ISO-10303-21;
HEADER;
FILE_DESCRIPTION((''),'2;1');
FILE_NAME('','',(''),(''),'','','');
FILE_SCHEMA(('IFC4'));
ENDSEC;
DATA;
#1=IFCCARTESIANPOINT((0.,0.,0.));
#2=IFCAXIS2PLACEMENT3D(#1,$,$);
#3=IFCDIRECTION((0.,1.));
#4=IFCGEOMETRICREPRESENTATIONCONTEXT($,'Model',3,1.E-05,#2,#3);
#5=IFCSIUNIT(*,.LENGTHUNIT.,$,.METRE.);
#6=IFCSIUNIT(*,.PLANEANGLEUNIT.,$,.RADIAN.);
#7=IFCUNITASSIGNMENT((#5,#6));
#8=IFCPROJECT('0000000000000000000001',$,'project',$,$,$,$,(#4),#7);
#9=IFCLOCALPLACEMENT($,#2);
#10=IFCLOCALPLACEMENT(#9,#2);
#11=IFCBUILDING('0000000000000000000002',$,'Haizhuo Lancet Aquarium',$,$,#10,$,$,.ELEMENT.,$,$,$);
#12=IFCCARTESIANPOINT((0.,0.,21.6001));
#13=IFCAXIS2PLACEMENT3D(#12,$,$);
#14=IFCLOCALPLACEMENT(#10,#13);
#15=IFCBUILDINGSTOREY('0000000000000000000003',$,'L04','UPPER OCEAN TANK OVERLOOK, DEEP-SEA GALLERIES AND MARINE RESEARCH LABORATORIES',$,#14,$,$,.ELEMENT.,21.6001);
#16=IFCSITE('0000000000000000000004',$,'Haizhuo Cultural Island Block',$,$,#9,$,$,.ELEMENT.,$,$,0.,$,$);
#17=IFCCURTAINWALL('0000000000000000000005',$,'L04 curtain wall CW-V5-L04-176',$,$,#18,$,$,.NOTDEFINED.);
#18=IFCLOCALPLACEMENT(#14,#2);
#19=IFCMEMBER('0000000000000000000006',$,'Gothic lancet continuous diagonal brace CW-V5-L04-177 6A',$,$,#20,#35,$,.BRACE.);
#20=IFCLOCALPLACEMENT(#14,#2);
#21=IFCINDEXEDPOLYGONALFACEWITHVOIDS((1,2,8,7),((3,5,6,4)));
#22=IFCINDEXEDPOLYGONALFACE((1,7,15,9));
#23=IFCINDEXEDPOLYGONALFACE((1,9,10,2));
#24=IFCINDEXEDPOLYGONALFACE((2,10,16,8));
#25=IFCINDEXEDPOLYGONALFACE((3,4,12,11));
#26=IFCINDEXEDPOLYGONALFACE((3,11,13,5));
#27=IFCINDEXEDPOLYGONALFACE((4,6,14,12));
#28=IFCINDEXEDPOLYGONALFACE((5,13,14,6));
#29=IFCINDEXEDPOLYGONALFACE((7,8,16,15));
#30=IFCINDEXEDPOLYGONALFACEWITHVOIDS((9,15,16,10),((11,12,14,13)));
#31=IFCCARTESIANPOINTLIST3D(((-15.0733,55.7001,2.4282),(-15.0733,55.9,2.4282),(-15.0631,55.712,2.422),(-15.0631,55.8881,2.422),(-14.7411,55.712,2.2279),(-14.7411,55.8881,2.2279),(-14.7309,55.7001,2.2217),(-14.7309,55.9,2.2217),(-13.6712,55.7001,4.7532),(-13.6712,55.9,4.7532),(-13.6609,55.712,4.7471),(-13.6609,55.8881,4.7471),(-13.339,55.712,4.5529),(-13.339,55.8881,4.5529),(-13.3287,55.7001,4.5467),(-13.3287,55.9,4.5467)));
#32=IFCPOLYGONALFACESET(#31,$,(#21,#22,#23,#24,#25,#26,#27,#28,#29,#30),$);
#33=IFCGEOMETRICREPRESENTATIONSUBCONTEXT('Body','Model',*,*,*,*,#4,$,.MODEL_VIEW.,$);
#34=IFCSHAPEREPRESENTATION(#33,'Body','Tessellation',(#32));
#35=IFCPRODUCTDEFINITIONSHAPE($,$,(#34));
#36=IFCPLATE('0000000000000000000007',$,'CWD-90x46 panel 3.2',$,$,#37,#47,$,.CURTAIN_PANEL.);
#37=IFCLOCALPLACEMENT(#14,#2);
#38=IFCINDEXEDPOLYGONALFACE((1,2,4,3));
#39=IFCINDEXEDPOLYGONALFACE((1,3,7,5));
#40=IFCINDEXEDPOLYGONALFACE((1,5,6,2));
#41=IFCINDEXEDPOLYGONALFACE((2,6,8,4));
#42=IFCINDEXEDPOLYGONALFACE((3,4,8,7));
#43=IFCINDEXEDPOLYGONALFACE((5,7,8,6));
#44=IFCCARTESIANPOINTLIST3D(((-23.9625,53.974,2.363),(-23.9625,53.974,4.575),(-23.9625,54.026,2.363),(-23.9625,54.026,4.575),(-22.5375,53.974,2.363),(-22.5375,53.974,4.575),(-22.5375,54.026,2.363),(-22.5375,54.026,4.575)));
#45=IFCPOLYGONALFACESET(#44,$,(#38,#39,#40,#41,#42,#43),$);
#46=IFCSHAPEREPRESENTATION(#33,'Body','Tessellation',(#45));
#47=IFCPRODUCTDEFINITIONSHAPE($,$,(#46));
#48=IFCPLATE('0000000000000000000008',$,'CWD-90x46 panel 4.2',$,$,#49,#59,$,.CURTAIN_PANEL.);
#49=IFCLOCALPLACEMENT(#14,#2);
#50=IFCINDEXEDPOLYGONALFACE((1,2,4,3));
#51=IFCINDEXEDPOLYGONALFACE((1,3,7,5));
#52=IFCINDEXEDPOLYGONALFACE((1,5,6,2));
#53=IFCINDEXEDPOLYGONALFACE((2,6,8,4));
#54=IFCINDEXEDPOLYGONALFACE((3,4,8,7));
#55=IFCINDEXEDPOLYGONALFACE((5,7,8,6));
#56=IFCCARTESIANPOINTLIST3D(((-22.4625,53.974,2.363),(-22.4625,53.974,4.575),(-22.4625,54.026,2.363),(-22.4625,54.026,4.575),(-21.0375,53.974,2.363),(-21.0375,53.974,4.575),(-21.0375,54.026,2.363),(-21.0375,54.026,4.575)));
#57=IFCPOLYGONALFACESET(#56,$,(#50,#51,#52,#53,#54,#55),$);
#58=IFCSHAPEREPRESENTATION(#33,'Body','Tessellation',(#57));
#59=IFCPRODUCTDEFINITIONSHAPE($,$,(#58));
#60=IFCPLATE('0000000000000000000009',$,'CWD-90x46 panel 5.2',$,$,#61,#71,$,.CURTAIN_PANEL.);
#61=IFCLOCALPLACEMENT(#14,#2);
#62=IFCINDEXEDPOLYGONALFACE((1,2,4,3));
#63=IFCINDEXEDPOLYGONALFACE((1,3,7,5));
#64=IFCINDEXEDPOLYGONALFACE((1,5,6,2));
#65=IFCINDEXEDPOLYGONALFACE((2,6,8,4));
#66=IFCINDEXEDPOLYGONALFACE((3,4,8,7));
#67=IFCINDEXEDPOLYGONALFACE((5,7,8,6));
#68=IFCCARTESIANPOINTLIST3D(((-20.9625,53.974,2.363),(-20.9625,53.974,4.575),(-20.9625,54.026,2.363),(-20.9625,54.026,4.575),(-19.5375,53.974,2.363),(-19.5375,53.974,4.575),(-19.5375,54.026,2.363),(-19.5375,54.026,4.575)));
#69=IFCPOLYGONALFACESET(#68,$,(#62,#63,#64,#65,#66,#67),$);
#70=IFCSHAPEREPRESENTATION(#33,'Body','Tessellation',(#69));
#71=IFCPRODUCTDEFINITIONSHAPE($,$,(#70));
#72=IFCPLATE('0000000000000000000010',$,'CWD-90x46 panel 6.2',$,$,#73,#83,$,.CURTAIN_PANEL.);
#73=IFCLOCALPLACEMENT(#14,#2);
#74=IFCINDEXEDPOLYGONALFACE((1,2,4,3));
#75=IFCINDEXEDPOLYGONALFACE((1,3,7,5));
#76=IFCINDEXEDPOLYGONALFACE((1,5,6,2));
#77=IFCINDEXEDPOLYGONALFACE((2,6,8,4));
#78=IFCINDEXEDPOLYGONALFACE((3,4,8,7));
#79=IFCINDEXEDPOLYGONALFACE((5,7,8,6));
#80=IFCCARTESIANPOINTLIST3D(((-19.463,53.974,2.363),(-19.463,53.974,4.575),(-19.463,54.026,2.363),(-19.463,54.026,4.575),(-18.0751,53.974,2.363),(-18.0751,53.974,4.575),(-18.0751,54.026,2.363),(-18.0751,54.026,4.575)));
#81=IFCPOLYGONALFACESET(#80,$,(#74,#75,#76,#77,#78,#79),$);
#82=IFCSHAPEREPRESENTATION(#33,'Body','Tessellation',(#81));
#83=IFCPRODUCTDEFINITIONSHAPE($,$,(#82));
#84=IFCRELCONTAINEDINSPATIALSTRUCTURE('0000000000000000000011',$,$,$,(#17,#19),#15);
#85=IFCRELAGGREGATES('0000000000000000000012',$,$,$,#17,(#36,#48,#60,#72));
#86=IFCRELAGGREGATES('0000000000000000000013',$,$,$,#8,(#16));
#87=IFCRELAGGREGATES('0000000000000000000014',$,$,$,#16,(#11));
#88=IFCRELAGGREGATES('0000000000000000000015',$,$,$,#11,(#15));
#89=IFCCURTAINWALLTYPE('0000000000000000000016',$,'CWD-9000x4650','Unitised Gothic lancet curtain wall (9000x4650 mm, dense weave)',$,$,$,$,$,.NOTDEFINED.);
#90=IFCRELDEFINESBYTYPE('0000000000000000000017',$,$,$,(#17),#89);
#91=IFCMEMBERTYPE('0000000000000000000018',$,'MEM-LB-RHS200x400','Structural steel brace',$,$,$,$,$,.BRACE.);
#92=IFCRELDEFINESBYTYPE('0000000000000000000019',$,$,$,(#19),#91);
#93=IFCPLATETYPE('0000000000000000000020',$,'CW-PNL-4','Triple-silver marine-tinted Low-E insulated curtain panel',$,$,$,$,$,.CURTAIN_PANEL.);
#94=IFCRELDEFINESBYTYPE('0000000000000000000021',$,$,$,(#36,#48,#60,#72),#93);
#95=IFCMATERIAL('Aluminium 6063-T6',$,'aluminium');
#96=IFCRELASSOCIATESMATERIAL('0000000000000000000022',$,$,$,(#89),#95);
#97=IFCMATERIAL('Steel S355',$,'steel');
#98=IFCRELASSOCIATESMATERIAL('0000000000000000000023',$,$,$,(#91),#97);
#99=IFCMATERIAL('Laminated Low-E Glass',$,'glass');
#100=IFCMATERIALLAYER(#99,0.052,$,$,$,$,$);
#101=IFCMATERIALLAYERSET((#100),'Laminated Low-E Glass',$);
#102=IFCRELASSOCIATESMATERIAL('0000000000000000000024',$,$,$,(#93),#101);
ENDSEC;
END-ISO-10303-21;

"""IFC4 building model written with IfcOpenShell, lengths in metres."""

from ifc_helpers import new_model, si_unit, direction, frame, origin, origin_2d, place, context, subcontext, project, spatial, rectangle, hollow_rectangle, extrude, material, layer, layer_set, material_profile, profile_set, type_object, element, aggregate, save


model = new_model("IFC4")

# Units and contexts
model_context = context("Model", 3, precision=1e-05, world=origin(), true_north=direction((0.0, 1.0)))
body_context = subcontext(model_context, "Body", "Model", "MODEL_VIEW")
ifc_project = project(units=[si_unit("LENGTHUNIT", "METRE"), si_unit("PLANEANGLEUNIT", "RADIAN")], contexts=[model_context])

# Site, building, storey
site_placement = place(None, origin())
site = spatial("IfcSite", under=ifc_project, at=site_placement, Name="Haizhuo Cultural Island Block", CompositionType="ELEMENT", RefElevation=0.0)
building_placement = place(site_placement, origin())
building = spatial("IfcBuilding", under=site, at=building_placement, Name="Haizhuo Lancet Aquarium", CompositionType="ELEMENT")
storey_placement = place(building_placement, frame((0.0, 0.0, 21.6001)))
storey = spatial("IfcBuildingStorey", under=building, at=storey_placement, Name="L04", Description="UPPER OCEAN TANK OVERLOOK, DEEP-SEA GALLERIES AND MARINE RESEARCH LABORATORIES", CompositionType="ELEMENT", Elevation=21.6001)

# Curtain wall
ifc_material_1 = material(Name="Aluminium 6063-T6", Category="aluminium")
curtain_wall_type_1 = type_object("IfcCurtainWallType", Name="CWD-9000x4650", Description="Unitised Gothic lancet curtain wall (9000x4650 mm, dense weave)", PredefinedType="NOTDEFINED", material=ifc_material_1)
curtain_wall_1_placement = place(storey_placement, origin())
curtain_wall_1 = element("IfcCurtainWall", 1, at=curtain_wall_1_placement, inside=storey, type_object=curtain_wall_type_1, Name="L04 curtain wall CW-V5-L04-176", PredefinedType="NOTDEFINED")

# Member
ifc_material_2 = material(Name="Steel S355", Category="steel")
ifc_material_profile_1 = material_profile(ifc_material_2, hollow_rectangle(XDim=0.2, YDim=0.3999, WallThickness=0.012, at=origin_2d()), Name="RHS 200x400x12")
ifc_profile_set_1 = profile_set([ifc_material_profile_1], Name="Steel S355")
member_type_1 = type_object("IfcMemberType", Name="MEM-LB-RHS200x400", Description="Structural steel brace", PredefinedType="BRACE", material=ifc_profile_set_1)
member_1_placement = place(storey_placement, frame((-14.9021, 55.8, 2.325), z_axis=(0.516425, 0.0, 0.856332), x_axis=(0.0, 1.0, 0.0)))
element("IfcMember", 2, at=member_1_placement, inside=storey, type_object=member_type_1, Name="Gothic lancet continuous diagonal brace CW-V5-L04-177 6A", PredefinedType="BRACE", context=body_context, shape_type="SweptSolid", body=[
    extrude(hollow_rectangle(XDim=0.2, YDim=0.3999, WallThickness=0.012, at=origin_2d()), origin(), (0.0, 0.0, 1.0), 2.7151),
])

# Plates
ifc_material_3 = material(Name="Laminated Low-E Glass", Category="glass")
ifc_layer = layer(ifc_material_3, 0.052)
ifc_layer_set = layer_set([ifc_layer], Name="Laminated Low-E Glass")
plate_type = type_object("IfcPlateType", Name="CW-PNL-4", Description="Triple-silver marine-tinted Low-E insulated curtain panel", PredefinedType="CURTAIN_PANEL", material=ifc_layer_set)
plate_1_placement = place(storey_placement, frame((-23.25, 54.0, 2.363), z_axis=(0.0, 0.0, 1.0), x_axis=(1.0, 0.0, 0.0)))
plate_1 = element("IfcPlate", 3, at=plate_1_placement, type_object=plate_type, Name="CWD-90x46 panel 3.2", PredefinedType="CURTAIN_PANEL", context=body_context, shape_type="SweptSolid", body=[
    extrude(rectangle(XDim=1.425, YDim=0.052, at=origin_2d()), origin(), (0.0, 0.0, 1.0), 2.2119),
])
plate_2_placement = place(storey_placement, frame((-21.75, 54.0, 2.363), z_axis=(0.0, 0.0, 1.0), x_axis=(1.0, 0.0, 0.0)))
plate_2 = element("IfcPlate", 4, at=plate_2_placement, type_object=plate_type, Name="CWD-90x46 panel 4.2", PredefinedType="CURTAIN_PANEL", context=body_context, shape_type="SweptSolid", body=[
    extrude(rectangle(XDim=1.425, YDim=0.052, at=origin_2d()), origin(), (0.0, 0.0, 1.0), 2.2119),
])
plate_3_placement = place(storey_placement, frame((-20.25, 54.0, 2.363), z_axis=(0.0, 0.0, 1.0), x_axis=(1.0, 0.0, 0.0)))
plate_3 = element("IfcPlate", 5, at=plate_3_placement, type_object=plate_type, Name="CWD-90x46 panel 5.2", PredefinedType="CURTAIN_PANEL", context=body_context, shape_type="SweptSolid", body=[
    extrude(rectangle(XDim=1.425, YDim=0.052, at=origin_2d()), origin(), (0.0, 0.0, 1.0), 2.2119),
])
plate_4_placement = place(storey_placement, frame((-18.769, 54.0, 2.363), z_axis=(0.0, 0.0, 1.0), x_axis=(1.0, 0.0, 0.0)))
plate_4 = element("IfcPlate", 6, at=plate_4_placement, type_object=plate_type, Name="CWD-90x46 panel 6.2", PredefinedType="CURTAIN_PANEL", context=body_context, shape_type="SweptSolid", body=[
    extrude(rectangle(XDim=1.3879, YDim=0.052, at=origin_2d()), origin(), (0.0, 0.0, 1.0), 2.2119),
])
aggregate(curtain_wall_1, [plate_1, plate_2, plate_3, plate_4])

save(model, "model.ifc")
